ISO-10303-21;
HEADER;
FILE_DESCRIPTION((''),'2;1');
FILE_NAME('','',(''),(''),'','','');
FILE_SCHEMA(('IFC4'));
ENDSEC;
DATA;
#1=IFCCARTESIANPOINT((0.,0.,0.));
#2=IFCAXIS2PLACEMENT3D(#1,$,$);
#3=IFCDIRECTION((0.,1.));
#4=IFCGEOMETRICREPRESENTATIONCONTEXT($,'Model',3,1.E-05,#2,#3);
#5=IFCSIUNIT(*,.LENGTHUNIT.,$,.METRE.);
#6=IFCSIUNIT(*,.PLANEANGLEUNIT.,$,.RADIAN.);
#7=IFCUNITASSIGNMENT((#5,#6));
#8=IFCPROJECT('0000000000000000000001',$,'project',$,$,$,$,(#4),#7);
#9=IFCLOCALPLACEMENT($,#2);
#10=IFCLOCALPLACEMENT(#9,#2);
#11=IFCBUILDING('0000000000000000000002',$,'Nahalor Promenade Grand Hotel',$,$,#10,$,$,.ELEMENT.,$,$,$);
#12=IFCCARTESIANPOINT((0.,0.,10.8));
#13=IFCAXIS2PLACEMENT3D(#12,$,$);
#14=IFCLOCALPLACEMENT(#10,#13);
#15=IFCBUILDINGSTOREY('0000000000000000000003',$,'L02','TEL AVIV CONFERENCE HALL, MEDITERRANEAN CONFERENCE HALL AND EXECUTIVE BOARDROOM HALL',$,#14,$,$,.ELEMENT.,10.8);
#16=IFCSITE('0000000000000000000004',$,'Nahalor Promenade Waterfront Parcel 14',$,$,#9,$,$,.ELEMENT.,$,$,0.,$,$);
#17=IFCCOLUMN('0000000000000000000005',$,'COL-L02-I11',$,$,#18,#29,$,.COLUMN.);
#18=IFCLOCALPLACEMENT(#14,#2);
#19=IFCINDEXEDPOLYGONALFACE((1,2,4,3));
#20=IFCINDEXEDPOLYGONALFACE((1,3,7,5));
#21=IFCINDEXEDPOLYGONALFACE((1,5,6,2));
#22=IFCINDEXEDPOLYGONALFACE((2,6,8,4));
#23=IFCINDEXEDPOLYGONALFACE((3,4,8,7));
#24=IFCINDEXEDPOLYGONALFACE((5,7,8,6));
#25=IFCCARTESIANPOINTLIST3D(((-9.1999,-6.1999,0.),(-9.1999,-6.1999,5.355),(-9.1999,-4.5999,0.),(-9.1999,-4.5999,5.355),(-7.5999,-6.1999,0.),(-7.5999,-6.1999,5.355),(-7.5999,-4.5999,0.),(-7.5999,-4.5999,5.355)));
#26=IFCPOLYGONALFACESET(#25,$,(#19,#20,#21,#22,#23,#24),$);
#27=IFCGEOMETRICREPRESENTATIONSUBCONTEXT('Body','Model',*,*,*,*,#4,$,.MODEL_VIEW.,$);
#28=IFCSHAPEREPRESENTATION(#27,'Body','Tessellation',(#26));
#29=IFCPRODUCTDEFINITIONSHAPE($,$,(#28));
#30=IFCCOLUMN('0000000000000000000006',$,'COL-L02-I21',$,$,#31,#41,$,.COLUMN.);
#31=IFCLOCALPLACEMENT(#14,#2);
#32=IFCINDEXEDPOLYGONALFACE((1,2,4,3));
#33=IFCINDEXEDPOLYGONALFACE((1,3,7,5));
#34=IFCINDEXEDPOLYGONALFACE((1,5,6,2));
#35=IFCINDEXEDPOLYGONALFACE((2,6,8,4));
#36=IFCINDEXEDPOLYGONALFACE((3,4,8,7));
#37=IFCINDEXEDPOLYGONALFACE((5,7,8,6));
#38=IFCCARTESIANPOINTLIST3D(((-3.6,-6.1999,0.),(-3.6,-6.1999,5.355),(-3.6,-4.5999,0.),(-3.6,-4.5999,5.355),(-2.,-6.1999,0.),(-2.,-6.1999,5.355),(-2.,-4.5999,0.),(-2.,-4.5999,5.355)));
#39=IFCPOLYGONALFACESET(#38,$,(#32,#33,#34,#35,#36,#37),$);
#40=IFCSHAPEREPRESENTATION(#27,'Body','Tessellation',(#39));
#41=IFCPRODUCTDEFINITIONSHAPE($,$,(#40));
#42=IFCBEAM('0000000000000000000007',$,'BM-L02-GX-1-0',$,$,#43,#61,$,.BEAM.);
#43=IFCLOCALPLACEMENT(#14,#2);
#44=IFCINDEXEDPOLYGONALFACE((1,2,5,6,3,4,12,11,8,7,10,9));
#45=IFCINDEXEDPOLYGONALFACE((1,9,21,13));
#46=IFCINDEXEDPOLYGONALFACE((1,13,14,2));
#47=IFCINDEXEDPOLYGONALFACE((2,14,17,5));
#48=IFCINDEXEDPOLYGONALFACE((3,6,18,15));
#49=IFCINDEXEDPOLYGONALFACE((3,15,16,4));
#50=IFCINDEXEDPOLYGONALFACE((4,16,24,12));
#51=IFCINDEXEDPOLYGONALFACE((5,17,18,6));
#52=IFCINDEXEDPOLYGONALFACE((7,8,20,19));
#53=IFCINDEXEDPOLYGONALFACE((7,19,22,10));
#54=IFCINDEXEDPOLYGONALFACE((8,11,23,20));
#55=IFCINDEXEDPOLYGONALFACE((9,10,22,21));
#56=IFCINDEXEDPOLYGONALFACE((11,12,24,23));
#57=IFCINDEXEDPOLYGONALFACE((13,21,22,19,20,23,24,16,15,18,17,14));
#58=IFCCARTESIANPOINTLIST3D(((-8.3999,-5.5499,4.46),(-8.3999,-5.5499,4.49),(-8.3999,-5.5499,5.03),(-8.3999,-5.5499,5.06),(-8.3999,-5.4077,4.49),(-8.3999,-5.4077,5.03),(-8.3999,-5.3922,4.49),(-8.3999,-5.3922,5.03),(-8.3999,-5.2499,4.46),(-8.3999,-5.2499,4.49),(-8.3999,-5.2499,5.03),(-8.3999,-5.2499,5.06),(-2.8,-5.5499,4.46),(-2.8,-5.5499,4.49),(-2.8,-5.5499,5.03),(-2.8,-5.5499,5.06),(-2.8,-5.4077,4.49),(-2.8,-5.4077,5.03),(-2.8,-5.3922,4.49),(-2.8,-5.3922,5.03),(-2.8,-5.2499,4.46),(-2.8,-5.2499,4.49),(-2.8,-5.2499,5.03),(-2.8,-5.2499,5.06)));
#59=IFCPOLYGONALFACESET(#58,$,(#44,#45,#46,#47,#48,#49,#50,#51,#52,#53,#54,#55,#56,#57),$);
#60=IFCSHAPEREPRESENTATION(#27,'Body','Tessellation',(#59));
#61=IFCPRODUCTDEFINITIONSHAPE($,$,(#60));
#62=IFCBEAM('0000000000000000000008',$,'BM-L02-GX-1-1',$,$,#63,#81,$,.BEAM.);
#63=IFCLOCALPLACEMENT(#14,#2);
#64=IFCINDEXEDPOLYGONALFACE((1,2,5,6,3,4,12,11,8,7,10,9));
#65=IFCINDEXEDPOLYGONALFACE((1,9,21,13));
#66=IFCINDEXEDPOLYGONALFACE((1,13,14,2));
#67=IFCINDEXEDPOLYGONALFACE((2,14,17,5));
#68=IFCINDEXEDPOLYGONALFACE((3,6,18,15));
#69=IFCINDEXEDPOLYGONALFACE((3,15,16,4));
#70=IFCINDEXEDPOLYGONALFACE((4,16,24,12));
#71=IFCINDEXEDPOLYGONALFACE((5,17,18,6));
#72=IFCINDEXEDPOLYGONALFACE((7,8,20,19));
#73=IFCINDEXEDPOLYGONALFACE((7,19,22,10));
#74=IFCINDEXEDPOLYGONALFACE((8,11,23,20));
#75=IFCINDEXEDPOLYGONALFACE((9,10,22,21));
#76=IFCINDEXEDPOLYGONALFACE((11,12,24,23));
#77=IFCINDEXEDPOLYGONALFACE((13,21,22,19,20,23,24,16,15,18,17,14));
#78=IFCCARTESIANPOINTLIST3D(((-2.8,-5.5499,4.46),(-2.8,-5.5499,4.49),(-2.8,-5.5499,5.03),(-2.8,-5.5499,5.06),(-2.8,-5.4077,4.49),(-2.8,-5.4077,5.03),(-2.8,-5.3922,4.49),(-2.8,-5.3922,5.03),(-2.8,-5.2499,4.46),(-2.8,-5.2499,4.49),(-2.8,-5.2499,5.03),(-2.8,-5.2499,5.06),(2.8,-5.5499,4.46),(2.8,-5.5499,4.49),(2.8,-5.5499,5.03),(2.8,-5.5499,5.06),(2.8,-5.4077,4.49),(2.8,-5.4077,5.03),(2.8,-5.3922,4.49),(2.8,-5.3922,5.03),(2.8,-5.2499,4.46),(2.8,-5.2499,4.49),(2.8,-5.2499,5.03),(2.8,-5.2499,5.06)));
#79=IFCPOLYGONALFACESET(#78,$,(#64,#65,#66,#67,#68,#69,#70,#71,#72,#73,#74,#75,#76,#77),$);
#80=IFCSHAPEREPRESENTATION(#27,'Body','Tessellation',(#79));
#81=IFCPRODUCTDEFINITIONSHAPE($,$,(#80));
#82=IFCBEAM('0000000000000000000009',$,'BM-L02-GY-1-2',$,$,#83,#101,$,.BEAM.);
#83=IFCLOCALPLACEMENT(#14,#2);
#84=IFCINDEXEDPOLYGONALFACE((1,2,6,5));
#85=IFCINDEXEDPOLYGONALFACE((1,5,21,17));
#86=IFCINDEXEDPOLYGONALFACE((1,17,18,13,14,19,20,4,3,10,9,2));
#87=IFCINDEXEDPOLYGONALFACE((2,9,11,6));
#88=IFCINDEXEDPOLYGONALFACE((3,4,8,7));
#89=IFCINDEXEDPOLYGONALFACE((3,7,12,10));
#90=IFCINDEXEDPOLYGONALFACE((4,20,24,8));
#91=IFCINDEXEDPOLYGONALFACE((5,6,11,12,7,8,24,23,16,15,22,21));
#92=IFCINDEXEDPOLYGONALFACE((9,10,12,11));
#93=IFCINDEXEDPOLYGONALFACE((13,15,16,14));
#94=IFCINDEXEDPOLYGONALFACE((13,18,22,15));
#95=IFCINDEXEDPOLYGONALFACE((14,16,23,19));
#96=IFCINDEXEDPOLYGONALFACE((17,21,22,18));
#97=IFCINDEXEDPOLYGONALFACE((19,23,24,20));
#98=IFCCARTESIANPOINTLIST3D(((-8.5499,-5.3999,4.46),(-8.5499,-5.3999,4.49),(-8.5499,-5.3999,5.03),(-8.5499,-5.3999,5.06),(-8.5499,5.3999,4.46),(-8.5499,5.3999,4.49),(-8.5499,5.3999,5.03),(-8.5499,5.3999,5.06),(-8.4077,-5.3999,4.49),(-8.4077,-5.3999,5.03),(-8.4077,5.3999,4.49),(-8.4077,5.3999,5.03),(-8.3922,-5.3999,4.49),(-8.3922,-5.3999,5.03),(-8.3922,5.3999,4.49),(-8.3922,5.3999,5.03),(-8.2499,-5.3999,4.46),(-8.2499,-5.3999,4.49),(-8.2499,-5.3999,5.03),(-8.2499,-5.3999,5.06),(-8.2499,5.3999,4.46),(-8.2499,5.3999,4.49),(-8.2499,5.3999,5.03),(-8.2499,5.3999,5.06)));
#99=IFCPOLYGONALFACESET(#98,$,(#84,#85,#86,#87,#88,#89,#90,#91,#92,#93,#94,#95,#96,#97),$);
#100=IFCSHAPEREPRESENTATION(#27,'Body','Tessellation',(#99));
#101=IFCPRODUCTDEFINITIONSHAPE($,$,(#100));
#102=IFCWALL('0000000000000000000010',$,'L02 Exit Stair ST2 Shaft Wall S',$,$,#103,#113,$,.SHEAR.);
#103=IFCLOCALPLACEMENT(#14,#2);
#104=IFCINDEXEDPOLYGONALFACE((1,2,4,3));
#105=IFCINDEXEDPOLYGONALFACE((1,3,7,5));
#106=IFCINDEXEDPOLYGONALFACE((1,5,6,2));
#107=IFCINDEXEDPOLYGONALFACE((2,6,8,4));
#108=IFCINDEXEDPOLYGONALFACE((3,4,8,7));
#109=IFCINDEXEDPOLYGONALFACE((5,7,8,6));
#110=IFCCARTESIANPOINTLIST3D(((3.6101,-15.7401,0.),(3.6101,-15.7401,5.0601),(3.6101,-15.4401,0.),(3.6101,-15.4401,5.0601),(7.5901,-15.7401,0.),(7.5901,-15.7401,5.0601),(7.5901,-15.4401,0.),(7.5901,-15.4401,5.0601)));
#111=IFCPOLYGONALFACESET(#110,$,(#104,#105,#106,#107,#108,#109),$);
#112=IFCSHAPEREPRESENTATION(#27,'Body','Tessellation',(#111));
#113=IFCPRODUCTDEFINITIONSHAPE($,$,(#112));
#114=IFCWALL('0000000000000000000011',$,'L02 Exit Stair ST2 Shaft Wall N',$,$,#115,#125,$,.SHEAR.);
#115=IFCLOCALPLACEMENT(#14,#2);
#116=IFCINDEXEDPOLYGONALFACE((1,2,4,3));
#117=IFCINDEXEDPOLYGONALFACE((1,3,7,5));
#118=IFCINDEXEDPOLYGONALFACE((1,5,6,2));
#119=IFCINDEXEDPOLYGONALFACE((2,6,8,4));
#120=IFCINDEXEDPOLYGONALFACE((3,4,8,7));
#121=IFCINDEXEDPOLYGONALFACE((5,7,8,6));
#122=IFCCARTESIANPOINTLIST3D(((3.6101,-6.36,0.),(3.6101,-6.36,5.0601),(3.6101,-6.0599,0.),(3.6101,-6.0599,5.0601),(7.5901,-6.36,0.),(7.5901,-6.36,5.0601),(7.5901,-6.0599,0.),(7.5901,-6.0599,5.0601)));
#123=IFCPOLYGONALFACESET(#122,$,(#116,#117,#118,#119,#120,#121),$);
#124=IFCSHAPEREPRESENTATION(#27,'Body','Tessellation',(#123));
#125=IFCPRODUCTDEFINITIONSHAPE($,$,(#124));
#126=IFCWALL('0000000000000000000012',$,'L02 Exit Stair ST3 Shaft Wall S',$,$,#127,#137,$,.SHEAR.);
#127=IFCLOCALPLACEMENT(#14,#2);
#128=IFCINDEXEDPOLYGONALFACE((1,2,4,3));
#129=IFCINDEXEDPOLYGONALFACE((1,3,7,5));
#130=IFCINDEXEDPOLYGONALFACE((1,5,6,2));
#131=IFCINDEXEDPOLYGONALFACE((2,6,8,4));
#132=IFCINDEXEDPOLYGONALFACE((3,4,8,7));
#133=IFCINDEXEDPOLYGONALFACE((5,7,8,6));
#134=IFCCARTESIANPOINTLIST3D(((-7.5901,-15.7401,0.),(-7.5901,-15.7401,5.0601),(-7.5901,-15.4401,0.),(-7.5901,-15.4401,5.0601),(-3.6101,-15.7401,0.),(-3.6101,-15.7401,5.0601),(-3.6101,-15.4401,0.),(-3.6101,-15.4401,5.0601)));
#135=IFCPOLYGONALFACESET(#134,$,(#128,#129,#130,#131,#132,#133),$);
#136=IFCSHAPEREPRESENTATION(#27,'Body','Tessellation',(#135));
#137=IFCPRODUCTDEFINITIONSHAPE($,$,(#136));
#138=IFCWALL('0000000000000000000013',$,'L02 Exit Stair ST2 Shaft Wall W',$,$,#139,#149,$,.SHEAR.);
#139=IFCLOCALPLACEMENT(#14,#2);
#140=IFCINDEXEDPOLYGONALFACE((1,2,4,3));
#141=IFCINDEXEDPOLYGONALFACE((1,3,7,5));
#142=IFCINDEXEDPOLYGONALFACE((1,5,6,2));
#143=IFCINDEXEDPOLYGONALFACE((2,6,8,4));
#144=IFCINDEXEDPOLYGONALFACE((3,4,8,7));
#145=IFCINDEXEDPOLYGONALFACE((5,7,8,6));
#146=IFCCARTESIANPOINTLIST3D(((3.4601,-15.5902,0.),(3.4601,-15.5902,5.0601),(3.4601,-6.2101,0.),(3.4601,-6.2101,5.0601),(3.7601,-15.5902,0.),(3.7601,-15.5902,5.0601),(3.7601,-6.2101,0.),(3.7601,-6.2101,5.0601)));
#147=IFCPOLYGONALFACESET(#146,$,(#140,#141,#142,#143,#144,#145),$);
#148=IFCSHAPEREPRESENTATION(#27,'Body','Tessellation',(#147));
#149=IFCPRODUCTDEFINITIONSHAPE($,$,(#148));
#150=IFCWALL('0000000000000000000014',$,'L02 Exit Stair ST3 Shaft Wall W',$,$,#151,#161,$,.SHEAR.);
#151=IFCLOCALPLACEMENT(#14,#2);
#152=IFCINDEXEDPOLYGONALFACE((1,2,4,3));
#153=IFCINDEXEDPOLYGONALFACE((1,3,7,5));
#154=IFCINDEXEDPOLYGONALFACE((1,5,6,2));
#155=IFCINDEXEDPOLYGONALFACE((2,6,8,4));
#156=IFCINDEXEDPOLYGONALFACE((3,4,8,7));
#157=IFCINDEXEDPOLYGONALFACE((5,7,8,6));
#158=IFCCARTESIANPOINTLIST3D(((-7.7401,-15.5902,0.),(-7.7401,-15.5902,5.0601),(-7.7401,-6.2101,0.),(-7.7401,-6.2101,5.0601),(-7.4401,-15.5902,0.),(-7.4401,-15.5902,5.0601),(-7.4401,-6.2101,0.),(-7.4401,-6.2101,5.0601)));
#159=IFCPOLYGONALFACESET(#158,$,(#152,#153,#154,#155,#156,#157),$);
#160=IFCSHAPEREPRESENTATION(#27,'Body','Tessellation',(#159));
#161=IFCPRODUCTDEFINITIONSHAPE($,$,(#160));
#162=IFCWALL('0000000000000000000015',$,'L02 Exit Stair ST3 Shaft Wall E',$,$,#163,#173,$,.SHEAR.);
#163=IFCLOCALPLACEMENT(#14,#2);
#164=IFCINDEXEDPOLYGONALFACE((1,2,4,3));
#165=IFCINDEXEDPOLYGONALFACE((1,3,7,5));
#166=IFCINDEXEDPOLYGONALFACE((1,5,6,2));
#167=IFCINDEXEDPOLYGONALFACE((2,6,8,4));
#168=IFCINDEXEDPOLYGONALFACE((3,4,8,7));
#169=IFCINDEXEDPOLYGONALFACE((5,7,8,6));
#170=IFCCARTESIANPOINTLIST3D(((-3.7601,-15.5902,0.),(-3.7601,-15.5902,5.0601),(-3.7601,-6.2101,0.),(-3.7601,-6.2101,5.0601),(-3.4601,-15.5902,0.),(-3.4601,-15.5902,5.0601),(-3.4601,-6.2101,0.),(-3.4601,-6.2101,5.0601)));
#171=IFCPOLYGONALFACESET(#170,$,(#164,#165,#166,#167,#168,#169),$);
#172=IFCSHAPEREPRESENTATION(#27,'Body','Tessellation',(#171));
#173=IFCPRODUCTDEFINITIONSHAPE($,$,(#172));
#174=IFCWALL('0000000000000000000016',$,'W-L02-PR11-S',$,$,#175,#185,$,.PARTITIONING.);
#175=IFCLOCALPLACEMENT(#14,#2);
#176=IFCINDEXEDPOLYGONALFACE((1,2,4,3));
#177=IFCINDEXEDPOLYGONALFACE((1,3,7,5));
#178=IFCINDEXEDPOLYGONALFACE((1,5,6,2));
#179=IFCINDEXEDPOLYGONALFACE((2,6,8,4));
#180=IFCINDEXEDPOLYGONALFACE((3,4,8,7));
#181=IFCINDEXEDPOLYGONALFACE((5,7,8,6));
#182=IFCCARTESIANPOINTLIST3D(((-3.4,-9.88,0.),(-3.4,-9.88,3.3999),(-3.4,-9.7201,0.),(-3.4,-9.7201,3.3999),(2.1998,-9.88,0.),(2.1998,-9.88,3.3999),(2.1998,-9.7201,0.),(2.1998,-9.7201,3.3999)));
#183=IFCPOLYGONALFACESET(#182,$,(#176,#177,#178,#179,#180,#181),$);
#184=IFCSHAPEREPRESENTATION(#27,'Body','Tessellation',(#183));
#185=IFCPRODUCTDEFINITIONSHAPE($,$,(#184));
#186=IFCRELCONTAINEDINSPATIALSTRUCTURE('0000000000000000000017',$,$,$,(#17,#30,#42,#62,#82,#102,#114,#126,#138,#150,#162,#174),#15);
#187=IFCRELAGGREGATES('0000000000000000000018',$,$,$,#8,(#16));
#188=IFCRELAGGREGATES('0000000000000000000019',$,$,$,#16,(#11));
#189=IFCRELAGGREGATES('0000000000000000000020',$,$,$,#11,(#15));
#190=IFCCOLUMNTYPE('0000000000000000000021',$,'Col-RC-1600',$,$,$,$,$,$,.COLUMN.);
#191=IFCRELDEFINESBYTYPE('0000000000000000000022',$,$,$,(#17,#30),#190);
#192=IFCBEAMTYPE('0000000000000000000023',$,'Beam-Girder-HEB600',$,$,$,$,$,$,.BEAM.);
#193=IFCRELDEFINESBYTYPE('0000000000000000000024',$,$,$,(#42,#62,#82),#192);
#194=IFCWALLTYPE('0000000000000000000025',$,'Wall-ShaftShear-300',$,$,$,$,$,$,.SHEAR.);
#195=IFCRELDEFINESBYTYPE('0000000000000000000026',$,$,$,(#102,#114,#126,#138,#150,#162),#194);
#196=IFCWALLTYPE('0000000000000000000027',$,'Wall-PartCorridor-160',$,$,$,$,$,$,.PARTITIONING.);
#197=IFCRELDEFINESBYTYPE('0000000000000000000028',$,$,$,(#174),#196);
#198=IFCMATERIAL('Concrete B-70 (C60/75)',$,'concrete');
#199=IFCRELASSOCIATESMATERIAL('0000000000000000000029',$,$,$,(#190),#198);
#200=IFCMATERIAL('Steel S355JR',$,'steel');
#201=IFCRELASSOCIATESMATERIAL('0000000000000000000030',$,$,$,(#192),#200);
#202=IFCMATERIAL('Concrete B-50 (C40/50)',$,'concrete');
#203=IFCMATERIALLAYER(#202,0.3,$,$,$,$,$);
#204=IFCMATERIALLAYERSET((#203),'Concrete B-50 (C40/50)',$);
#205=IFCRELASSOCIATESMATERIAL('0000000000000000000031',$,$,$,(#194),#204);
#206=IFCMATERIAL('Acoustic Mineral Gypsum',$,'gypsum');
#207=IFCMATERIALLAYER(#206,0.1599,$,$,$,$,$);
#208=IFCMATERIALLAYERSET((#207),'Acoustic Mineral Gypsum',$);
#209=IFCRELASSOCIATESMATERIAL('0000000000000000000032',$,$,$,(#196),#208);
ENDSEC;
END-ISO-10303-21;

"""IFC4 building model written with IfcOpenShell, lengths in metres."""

from ifc_helpers import new_model, si_unit, direction, frame, frame_2d, origin, origin_2d, place, context, subcontext, project, spatial, rectangle, i_section, extrude, source, transform, mapped, material, layer, layer_set, material_profile, profile_set, type_object, element, save


model = new_model("IFC4")

# Units and contexts
model_context = context("Model", 3, precision=1e-05, world=origin(), true_north=direction((0.0, 1.0)))
body_context = subcontext(model_context, "Body", "Model", "MODEL_VIEW")
ifc_project = project(units=[si_unit("LENGTHUNIT", "METRE"), si_unit("PLANEANGLEUNIT", "RADIAN")], contexts=[model_context])

# Site, building, storey
site_placement = place(None, origin())
site = spatial("IfcSite", under=ifc_project, at=site_placement, Name="Nahalor Promenade Waterfront Parcel 14", CompositionType="ELEMENT", RefElevation=0.0)
building_placement = place(site_placement, origin())
building = spatial("IfcBuilding", under=site, at=building_placement, Name="Nahalor Promenade Grand Hotel", CompositionType="ELEMENT")
storey_placement = place(building_placement, frame((0.0, 0.0, 10.8)))
storey = spatial("IfcBuildingStorey", under=building, at=storey_placement, Name="L02", Description="TEL AVIV CONFERENCE HALL, MEDITERRANEAN CONFERENCE HALL AND EXECUTIVE BOARDROOM HALL", CompositionType="ELEMENT", Elevation=10.8)

# Columns
ifc_material_1 = material(Name="Concrete B-70 (C60/75)", Category="concrete")
ifc_material_profile_1 = material_profile(ifc_material_1, rectangle(XDim=1.6, YDim=1.6, at=origin_2d()), Name="RC 1600x1600")
ifc_profile_set_1 = profile_set([ifc_material_profile_1], Name="Concrete B-70 (C60/75)")
column_type = type_object("IfcColumnType", Name="Col-RC-1600", PredefinedType="COLUMN", material=ifc_profile_set_1)
shared_shape_1 = source(origin(), body_context, "Body", "SweptSolid", [
    extrude(rectangle(XDim=1.6, YDim=1.6, at=origin_2d()), origin(), (0.0, 0.0, 1.0), 5.355),
])
for number, where, z_axis, x_axis, name in (
    (1, (-8.3999, -5.3999, 0.0), (0.0, 0.0, 1.0), (1.0, 0.0, 0.0), "COL-L02-I11"),
    (2, (-2.8, -5.3999, 0.0), (0.0, 0.0, 1.0), (1.0, 0.0, 0.0), "COL-L02-I21"),
):
    element("IfcColumn", number, at=place(storey_placement, frame(where, z_axis=z_axis, x_axis=x_axis)), inside=storey, type_object=column_type, Name=name, PredefinedType="COLUMN", context=body_context, shape_type="MappedRepresentation", body=[
        mapped(shared_shape_1, transform((0.0, 0.0, 0.0), scale=1.0)),
    ])

# Beams
ifc_material_2 = material(Name="Steel S355JR", Category="steel")
ifc_material_profile_2 = material_profile(ifc_material_2, i_section(OverallWidth=0.3, OverallDepth=0.6, WebThickness=0.0155, FlangeThickness=0.03, at=origin_2d()), Name="HEB 600")
ifc_profile_set_2 = profile_set([ifc_material_profile_2], Name="Steel S355JR")
beam_type = type_object("IfcBeamType", Name="Beam-Girder-HEB600", PredefinedType="BEAM", material=ifc_profile_set_2)
shared_shape_2 = source(origin(), body_context, "Body", "SweptSolid", [
    extrude(i_section(OverallWidth=0.3, OverallDepth=0.6, WebThickness=0.0155, FlangeThickness=0.03, at=origin_2d()), origin(), (0.0, 0.0, 1.0), 5.5999),
])
beam_1_placement = place(storey_placement, frame((-8.3999, -5.3999, 4.76), z_axis=(1.0, 0.0, 0.0), x_axis=(0.0, 1.0, 0.0)))
element("IfcBeam", 3, at=beam_1_placement, inside=storey, type_object=beam_type, Name="BM-L02-GX-1-0", PredefinedType="BEAM", context=body_context, shape_type="MappedRepresentation", body=[
    mapped(shared_shape_2, transform((0.0, 0.0, 0.0), scale=1.0)),
])
shared_shape_3 = source(origin(), body_context, "Body", "SweptSolid", [
    extrude(i_section(OverallWidth=0.3, OverallDepth=0.6, WebThickness=0.0155, FlangeThickness=0.03, at=origin_2d()), origin(), (0.0, 0.0, 1.0), 5.6001),
])
beam_2_placement = place(storey_placement, frame((-2.8, -5.3999, 4.76), z_axis=(1.0, 0.0, 0.0), x_axis=(0.0, 1.0, 0.0)))
element("IfcBeam", 4, at=beam_2_placement, inside=storey, type_object=beam_type, Name="BM-L02-GX-1-1", PredefinedType="BEAM", context=body_context, shape_type="MappedRepresentation", body=[
    mapped(shared_shape_3, transform((0.0, 0.0, 0.0), scale=1.0)),
])
shared_shape_4 = source(origin(), body_context, "Body", "SweptSolid", [
    extrude(i_section(OverallWidth=0.3, OverallDepth=0.6, WebThickness=0.0155, FlangeThickness=0.03, at=origin_2d()), origin(), (0.0, 0.0, 1.0), 10.7998),
])
beam_3_placement = place(storey_placement, frame((-8.3999, -5.3999, 4.76), z_axis=(0.0, 1.0, 0.0), x_axis=(-1.0, 0.0, 0.0)))
element("IfcBeam", 5, at=beam_3_placement, inside=storey, type_object=beam_type, Name="BM-L02-GY-1-2", PredefinedType="BEAM", context=body_context, shape_type="MappedRepresentation", body=[
    mapped(shared_shape_4, transform((0.0, 0.0, 0.0), scale=1.0)),
])

# Walls
ifc_material_3 = material(Name="Concrete B-50 (C40/50)", Category="concrete")
ifc_layer_1 = layer(ifc_material_3, 0.3)
ifc_layer_set_1 = layer_set([ifc_layer_1], Name="Concrete B-50 (C40/50)")
wall_type_1 = type_object("IfcWallType", Name="Wall-ShaftShear-300", PredefinedType="SHEAR", material=ifc_layer_set_1)
shared_shape_5 = source(origin(), body_context, "Body", "SweptSolid", [
    extrude(rectangle(XDim=3.98, YDim=0.3, at=frame_2d((1.99, 0.0))), origin(), (0.0, 0.0, 1.0), 5.0601),
])
for number, where, z_axis, x_axis, name in (
    (6, (3.6101, -15.5901, 0.0), (0.0, 0.0, 1.0), (1.0, 0.0, 0.0), "L02 Exit Stair ST2 Shaft Wall S"),
    (7, (3.6101, -6.21, 0.0), (0.0, 0.0, 1.0), (1.0, 0.0, 0.0), "L02 Exit Stair ST2 Shaft Wall N"),
    (8, (-7.5901, -15.5901, 0.0), (0.0, 0.0, 1.0), (1.0, 0.0, 0.0), "L02 Exit Stair ST3 Shaft Wall S"),
):
    element("IfcWall", number, at=place(storey_placement, frame(where, z_axis=z_axis, x_axis=x_axis)), inside=storey, type_object=wall_type_1, Name=name, PredefinedType="SHEAR", context=body_context, shape_type="MappedRepresentation", body=[
        mapped(shared_shape_5, transform((0.0, 0.0, 0.0), scale=1.0)),
    ])

# Walls
shared_shape_6 = source(origin(), body_context, "Body", "SweptSolid", [
    extrude(rectangle(XDim=9.3801, YDim=0.3, at=frame_2d((4.6899, 0.0))), origin(), (0.0, 0.0, 1.0), 5.0601),
])
for number, where, z_axis, x_axis, name in (
    (9, (3.6101, -15.5901, 0.0), (0.0, 0.0, 1.0), (0.0, 1.0, 0.0), "L02 Exit Stair ST2 Shaft Wall W"),
    (10, (-7.5901, -15.5901, 0.0), (0.0, 0.0, 1.0), (0.0, 1.0, 0.0), "L02 Exit Stair ST3 Shaft Wall W"),
    (11, (-3.6101, -15.5901, 0.0), (0.0, 0.0, 1.0), (0.0, 1.0, 0.0), "L02 Exit Stair ST3 Shaft Wall E"),
):
    element("IfcWall", number, at=place(storey_placement, frame(where, z_axis=z_axis, x_axis=x_axis)), inside=storey, type_object=wall_type_1, Name=name, PredefinedType="SHEAR", context=body_context, shape_type="MappedRepresentation", body=[
        mapped(shared_shape_6, transform((0.0, 0.0, 0.0), scale=1.0)),
    ])
ifc_material_4 = material(Name="Acoustic Mineral Gypsum", Category="gypsum")
ifc_layer_2 = layer(ifc_material_4, 0.1599)
ifc_layer_set_2 = layer_set([ifc_layer_2], Name="Acoustic Mineral Gypsum")
wall_type_2 = type_object("IfcWallType", Name="Wall-PartCorridor-160", PredefinedType="PARTITIONING", material=ifc_layer_set_2)
shared_shape_7 = source(origin(), body_context, "Body", "SweptSolid", [
    extrude(rectangle(XDim=5.5999, YDim=0.1599, at=frame_2d((2.7998, 0.0))), origin(), (0.0, 0.0, 1.0), 3.3999),
])
wall_1_placement = place(storey_placement, frame((-3.3999, -9.8, 0.0), z_axis=(0.0, 0.0, 1.0), x_axis=(1.0, 0.0, 0.0)))
element("IfcWall", 12, at=wall_1_placement, inside=storey, type_object=wall_type_2, Name="W-L02-PR11-S", PredefinedType="PARTITIONING", context=body_context, shape_type="MappedRepresentation", body=[
    mapped(shared_shape_7, transform((0.0, 0.0, 0.0), scale=1.0)),
])

save(model, "model.ifc")
